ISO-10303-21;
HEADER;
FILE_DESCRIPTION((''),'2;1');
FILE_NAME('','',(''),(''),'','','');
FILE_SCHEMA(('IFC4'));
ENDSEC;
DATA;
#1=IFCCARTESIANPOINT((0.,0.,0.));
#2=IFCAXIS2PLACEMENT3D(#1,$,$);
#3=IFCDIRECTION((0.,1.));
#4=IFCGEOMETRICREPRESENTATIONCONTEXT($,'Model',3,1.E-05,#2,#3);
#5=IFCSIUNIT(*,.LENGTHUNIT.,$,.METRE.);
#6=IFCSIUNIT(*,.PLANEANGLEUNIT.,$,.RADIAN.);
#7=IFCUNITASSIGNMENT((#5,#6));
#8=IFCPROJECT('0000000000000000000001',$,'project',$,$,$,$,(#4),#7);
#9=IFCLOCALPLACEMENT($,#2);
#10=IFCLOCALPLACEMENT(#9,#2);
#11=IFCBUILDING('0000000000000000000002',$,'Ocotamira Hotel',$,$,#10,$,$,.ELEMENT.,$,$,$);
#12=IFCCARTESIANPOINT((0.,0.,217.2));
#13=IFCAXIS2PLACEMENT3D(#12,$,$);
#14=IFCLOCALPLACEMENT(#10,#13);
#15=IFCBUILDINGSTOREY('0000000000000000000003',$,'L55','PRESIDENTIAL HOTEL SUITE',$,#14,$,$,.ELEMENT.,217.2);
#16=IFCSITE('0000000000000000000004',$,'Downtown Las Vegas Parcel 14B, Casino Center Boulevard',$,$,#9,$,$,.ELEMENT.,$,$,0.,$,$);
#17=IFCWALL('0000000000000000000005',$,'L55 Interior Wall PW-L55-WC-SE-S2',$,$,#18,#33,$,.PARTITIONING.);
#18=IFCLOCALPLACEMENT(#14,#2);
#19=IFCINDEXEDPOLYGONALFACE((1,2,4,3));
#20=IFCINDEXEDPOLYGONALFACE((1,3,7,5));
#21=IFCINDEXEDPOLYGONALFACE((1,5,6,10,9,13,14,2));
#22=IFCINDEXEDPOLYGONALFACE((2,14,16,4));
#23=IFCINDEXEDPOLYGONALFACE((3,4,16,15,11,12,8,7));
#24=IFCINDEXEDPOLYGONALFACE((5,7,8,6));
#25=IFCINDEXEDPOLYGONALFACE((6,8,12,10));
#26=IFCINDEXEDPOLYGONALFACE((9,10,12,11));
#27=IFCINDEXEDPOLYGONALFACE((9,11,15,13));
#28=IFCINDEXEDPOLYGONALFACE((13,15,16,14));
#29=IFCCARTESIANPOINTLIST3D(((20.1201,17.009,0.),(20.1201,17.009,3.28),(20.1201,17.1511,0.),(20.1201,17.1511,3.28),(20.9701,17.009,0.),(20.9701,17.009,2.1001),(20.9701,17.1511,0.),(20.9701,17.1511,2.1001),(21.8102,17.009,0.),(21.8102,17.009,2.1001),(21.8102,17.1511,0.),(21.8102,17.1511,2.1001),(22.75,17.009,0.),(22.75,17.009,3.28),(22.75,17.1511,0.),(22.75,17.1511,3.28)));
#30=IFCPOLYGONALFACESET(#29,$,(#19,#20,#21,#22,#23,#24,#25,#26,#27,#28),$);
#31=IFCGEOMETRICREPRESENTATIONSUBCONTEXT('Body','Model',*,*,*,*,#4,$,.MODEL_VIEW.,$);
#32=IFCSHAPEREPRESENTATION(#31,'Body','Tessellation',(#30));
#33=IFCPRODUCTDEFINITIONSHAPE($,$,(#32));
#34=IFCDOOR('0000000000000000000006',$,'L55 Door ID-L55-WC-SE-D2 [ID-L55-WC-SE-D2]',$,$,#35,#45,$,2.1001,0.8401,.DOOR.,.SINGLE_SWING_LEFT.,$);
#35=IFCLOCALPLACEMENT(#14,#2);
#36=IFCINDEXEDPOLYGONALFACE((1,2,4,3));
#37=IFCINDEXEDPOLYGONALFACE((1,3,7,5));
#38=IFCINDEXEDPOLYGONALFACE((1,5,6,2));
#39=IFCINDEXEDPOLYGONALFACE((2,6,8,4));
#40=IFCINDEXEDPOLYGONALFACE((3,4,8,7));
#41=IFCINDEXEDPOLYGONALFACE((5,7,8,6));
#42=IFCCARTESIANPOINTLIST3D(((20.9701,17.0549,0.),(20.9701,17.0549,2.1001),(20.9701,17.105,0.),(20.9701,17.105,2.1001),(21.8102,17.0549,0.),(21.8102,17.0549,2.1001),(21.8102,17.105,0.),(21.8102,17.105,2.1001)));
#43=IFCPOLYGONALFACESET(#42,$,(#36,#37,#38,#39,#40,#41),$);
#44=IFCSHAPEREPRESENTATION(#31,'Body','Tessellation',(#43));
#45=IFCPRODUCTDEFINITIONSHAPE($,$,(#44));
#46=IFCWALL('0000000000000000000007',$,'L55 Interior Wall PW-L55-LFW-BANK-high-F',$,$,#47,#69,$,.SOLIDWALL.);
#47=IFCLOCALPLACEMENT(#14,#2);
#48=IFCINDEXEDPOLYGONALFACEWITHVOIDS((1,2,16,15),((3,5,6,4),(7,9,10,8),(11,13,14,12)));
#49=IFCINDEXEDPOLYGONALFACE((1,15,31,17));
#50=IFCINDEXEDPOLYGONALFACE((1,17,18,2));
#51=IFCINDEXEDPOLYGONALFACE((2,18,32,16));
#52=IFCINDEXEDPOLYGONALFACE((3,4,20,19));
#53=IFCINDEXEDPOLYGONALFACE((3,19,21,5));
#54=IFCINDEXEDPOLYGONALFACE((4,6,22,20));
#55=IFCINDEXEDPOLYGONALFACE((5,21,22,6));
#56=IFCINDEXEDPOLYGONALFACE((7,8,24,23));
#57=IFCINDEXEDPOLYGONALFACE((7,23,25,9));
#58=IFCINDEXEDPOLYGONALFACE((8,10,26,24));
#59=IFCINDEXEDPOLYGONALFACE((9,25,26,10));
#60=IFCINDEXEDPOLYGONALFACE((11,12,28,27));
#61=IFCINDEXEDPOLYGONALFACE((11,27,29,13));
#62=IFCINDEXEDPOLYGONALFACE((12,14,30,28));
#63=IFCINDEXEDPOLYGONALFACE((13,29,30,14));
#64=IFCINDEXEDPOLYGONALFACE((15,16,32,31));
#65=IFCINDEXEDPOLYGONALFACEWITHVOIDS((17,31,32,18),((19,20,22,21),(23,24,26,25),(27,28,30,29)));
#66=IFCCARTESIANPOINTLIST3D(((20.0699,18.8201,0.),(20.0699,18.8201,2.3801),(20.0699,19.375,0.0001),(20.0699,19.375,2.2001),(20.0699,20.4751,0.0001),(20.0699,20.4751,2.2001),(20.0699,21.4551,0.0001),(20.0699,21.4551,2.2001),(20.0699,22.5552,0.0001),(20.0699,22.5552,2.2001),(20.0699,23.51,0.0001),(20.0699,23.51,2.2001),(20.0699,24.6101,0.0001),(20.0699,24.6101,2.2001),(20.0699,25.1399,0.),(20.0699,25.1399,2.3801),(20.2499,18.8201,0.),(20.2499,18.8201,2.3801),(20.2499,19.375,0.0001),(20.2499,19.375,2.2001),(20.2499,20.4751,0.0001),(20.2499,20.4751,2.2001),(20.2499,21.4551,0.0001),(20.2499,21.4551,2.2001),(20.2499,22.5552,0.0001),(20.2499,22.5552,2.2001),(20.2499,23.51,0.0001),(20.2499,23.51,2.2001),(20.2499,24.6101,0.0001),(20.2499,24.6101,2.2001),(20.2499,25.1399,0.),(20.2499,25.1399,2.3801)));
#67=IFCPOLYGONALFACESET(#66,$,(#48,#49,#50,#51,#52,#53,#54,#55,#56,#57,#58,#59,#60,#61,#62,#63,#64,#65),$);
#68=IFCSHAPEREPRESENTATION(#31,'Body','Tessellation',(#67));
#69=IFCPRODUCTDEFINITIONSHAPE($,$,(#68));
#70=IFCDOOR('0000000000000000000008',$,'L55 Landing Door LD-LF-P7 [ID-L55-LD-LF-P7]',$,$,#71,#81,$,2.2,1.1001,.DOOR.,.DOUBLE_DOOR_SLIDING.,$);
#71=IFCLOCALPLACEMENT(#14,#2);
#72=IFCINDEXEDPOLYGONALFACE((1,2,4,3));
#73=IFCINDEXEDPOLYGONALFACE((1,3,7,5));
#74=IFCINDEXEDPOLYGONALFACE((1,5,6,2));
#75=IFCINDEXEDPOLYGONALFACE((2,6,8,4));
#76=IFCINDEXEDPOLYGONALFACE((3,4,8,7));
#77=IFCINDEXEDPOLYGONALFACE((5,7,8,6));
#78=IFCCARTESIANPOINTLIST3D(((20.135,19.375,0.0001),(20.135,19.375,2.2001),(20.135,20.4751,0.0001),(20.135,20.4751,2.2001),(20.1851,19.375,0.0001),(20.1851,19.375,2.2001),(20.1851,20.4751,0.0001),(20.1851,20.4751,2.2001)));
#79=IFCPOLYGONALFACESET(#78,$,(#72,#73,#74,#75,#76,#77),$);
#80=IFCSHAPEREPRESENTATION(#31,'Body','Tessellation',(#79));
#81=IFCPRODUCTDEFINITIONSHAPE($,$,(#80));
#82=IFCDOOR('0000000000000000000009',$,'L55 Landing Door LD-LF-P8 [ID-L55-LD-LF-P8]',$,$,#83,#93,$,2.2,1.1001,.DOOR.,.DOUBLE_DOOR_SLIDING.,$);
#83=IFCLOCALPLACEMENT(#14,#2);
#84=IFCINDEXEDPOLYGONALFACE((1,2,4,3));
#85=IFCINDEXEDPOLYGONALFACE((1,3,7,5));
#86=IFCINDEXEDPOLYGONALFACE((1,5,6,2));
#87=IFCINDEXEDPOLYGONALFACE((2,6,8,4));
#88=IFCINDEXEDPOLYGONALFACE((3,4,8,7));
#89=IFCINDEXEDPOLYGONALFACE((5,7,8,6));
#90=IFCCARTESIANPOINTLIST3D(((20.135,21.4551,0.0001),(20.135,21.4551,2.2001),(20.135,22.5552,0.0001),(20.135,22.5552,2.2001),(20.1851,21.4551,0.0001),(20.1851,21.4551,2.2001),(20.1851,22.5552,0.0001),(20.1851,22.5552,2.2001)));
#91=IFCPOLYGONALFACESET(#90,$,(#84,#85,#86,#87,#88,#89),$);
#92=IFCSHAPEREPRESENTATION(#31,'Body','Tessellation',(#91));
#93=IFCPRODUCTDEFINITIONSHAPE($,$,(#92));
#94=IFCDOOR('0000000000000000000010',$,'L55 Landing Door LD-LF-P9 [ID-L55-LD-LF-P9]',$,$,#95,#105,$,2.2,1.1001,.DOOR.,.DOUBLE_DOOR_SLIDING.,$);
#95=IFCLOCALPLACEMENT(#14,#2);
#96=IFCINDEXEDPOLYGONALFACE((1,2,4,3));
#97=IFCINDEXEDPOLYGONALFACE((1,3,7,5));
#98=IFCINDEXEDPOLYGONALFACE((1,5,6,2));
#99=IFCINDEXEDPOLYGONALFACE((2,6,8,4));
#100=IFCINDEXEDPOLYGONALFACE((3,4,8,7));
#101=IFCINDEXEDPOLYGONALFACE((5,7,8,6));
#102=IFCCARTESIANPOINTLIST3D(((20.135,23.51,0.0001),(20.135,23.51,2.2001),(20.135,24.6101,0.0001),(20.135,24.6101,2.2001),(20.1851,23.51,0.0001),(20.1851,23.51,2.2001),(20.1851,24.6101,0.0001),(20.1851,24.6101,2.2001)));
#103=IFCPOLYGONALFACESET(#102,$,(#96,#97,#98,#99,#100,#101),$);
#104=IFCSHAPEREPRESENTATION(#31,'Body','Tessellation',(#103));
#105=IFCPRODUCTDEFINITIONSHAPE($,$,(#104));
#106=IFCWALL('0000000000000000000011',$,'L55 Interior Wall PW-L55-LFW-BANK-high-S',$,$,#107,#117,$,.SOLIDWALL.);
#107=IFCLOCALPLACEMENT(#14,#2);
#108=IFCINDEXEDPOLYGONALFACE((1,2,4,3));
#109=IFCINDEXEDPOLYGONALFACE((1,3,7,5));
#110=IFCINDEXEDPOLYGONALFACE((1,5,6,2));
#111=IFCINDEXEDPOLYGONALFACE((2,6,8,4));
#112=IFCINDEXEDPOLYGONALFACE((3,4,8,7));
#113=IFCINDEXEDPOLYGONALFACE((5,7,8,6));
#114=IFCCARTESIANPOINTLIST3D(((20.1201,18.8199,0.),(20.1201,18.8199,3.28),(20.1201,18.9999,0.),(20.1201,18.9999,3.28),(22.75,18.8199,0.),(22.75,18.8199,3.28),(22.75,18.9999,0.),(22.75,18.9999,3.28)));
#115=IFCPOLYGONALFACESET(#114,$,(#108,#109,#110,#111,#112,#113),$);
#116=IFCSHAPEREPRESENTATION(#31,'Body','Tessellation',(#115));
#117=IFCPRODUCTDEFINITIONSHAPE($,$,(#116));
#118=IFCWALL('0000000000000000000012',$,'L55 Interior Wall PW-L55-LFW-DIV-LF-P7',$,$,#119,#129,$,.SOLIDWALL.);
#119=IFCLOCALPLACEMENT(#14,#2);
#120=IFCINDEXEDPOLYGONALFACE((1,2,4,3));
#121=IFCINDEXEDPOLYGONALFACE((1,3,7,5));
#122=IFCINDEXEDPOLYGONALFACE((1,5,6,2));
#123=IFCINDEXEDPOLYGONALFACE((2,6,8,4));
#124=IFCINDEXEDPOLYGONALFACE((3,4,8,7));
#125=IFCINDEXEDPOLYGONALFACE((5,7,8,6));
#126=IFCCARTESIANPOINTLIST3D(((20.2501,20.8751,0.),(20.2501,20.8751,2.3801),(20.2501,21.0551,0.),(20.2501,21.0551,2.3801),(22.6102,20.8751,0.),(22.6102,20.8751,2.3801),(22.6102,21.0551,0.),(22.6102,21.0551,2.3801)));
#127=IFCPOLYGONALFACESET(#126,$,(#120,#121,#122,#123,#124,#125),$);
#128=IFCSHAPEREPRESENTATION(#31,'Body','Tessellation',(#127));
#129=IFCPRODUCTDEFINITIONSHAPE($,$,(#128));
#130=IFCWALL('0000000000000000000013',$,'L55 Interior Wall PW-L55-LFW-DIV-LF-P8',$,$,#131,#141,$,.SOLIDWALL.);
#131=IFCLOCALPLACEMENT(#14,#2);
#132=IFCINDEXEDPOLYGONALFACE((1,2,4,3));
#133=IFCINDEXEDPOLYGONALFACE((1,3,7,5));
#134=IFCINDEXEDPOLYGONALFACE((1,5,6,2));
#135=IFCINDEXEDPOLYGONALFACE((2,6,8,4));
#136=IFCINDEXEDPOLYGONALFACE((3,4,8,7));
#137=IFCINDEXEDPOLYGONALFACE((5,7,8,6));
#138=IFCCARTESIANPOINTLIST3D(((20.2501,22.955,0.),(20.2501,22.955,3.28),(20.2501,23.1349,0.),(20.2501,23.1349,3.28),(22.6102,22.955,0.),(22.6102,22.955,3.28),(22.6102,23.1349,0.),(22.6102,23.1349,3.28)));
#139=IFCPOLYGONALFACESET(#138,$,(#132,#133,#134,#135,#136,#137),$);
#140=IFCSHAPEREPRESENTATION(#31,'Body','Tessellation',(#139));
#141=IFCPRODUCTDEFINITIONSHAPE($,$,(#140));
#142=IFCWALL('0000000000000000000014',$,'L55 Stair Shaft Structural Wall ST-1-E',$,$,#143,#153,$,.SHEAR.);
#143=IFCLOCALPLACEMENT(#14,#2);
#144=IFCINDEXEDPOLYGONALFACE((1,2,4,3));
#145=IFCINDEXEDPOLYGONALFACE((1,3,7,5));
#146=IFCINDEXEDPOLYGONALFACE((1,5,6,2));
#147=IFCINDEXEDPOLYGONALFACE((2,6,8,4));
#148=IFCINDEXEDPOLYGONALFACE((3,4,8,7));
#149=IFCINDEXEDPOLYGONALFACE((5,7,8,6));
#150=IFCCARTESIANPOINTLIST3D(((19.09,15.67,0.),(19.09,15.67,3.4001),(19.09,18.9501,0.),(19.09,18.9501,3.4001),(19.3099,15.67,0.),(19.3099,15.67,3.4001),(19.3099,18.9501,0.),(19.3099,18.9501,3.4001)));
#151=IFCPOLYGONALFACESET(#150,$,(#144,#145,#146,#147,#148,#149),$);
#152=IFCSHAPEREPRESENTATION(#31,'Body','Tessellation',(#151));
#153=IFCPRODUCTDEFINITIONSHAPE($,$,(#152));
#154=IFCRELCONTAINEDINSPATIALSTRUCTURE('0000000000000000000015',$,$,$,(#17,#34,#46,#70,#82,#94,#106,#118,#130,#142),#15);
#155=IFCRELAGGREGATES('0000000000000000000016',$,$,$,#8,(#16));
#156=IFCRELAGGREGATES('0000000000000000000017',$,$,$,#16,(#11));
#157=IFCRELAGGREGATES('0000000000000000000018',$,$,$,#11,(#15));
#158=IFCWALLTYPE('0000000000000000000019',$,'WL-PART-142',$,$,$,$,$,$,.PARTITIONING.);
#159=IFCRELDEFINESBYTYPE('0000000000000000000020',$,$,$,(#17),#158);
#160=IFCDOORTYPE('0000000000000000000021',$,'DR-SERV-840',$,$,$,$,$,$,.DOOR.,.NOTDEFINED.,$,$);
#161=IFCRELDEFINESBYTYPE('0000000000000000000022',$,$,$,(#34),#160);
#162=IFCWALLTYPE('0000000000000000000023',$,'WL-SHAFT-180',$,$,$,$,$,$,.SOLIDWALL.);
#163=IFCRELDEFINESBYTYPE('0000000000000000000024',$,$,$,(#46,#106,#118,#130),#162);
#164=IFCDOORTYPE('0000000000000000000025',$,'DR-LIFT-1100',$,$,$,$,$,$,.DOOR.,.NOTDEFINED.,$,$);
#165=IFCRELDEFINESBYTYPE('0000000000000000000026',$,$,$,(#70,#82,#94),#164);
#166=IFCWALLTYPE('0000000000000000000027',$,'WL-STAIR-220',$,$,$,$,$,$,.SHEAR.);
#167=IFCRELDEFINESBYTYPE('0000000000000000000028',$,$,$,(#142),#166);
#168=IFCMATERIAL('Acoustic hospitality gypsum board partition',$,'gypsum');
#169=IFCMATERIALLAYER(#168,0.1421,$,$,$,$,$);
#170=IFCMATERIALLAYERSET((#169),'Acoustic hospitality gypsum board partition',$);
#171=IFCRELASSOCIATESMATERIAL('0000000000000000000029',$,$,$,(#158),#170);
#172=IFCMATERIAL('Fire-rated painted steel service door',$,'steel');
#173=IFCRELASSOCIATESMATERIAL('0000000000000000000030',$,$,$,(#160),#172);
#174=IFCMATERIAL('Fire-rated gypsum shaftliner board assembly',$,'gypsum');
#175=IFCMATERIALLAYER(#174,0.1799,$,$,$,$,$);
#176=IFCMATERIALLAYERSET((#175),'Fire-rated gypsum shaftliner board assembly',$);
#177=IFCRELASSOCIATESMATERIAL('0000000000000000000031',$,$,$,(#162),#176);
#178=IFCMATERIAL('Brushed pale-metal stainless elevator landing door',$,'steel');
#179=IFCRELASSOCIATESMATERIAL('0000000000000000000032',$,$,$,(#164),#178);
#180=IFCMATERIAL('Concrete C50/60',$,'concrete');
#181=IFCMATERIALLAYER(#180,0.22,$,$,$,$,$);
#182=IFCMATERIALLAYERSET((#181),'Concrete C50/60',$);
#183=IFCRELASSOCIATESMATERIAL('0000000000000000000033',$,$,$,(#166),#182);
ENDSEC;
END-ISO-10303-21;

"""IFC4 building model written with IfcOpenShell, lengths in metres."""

from ifc_helpers import new_model, si_unit, direction, frame, frame_2d, origin, place, context, subcontext, project, spatial, rectangle, extrude, source, transform, mapped, material, layer, layer_set, type_object, element, fill, save


model = new_model("IFC4")

# Units and contexts
model_context = context("Model", 3, precision=1e-05, world=origin(), true_north=direction((0.0, 1.0)))
body_context = subcontext(model_context, "Body", "Model", "MODEL_VIEW")
ifc_project = project(units=[si_unit("LENGTHUNIT", "METRE"), si_unit("PLANEANGLEUNIT", "RADIAN")], contexts=[model_context])

# Site, building, storey
site_placement = place(None, origin())
site = spatial("IfcSite", under=ifc_project, at=site_placement, Name="Downtown Las Vegas Parcel 14B, Casino Center Boulevard", CompositionType="ELEMENT", RefElevation=0.0)
building_placement = place(site_placement, origin())
building = spatial("IfcBuilding", under=site, at=building_placement, Name="Ocotamira Hotel", CompositionType="ELEMENT")
storey_placement = place(building_placement, frame((0.0, 0.0, 217.2)))
storey = spatial("IfcBuildingStorey", under=building, at=storey_placement, Name="L55", Description="PRESIDENTIAL HOTEL SUITE", CompositionType="ELEMENT", Elevation=217.2)

# Shared definitions
ifc_material_1 = material(Name="Concrete C50/60", Category="concrete")
ifc_material_2 = material(Name="Acoustic hospitality gypsum board partition", Category="gypsum")
ifc_layer_1 = layer(ifc_material_2, 0.1421)
ifc_layer_set_1 = layer_set([ifc_layer_1], Name="Acoustic hospitality gypsum board partition")
wall_type_1 = type_object("IfcWallType", Name="WL-PART-142", PredefinedType="PARTITIONING", material=ifc_layer_set_1)

# Wall, opening, door
wall_1_placement = place(storey_placement, frame((20.1201, 17.0801, 0.0), z_axis=(0.0, 0.0, 1.0), x_axis=(1.0, 0.0, 0.0)))
wall_1 = element("IfcWall", 1, at=wall_1_placement, inside=storey, type_object=wall_type_1, Name="L55 Interior Wall PW-L55-WC-SE-S2", PredefinedType="PARTITIONING", context=body_context, shape_type="SweptSolid", body=[
    extrude(rectangle(XDim=2.6299, YDim=0.1421, at=frame_2d((1.3149, 0.0))), origin(), (0.0, 0.0, 1.0), 3.28),
])
opening_1_placement = place(wall_1_placement, frame((0.8501, 0.0, 0.0)))
opening_1 = element("IfcOpeningElement", 2, at=opening_1_placement, cuts=wall_1, PredefinedType="OPENING", context=body_context, shape_type="SweptSolid", body=[
    extrude(rectangle(XDim=0.8401, YDim=2.1001, at=frame_2d((0.4199, 1.05))), frame((0.0, 0.0811, 0.0), z_axis=(0.0, -1.0, 0.0), x_axis=(1.0, 0.0, 0.0)), (0.0, 0.0, 1.0), 0.1621),
])
ifc_material_3 = material(Name="Fire-rated painted steel service door", Category="steel")
door_type_1 = type_object("IfcDoorType", Name="DR-SERV-840", OperationType="NOTDEFINED", PredefinedType="DOOR", material=ifc_material_3)
shared_shape_1 = source(origin(), body_context, "Body", "SweptSolid", [
    extrude(rectangle(XDim=0.8401, YDim=2.1001, at=frame_2d((0.4199, 1.05))), frame((0.0, 0.0249, 0.0), z_axis=(0.0, -1.0, 0.0), x_axis=(1.0, 0.0, 0.0)), (0.0, 0.0, 1.0), 0.05),
])
door_1_placement = place(opening_1_placement, origin())
door_1 = element("IfcDoor", 3, at=door_1_placement, inside=storey, type_object=door_type_1, Name="L55 Door ID-L55-WC-SE-D2 [ID-L55-WC-SE-D2]", OperationType="SINGLE_SWING_LEFT", OverallHeight=2.1001, OverallWidth=0.8401, PredefinedType="DOOR", context=body_context, shape_type="MappedRepresentation", body=[
    mapped(shared_shape_1, transform((0.0, 0.0, 0.0), scale=1.0)),
])
fill(opening_1, door_1)

# Wall, openings, doors
ifc_material_4 = material(Name="Fire-rated gypsum shaftliner board assembly", Category="gypsum")
ifc_layer_2 = layer(ifc_material_4, 0.1799)
ifc_layer_set_2 = layer_set([ifc_layer_2], Name="Fire-rated gypsum shaftliner board assembly")
wall_type_2 = type_object("IfcWallType", Name="WL-SHAFT-180", PredefinedType="SOLIDWALL", material=ifc_layer_set_2)
wall_2_placement = place(storey_placement, frame((20.1599, 18.8201, 0.0), z_axis=(0.0, 0.0, 1.0), x_axis=(0.0, 1.0, 0.0)))
wall_2 = element("IfcWall", 4, at=wall_2_placement, inside=storey, type_object=wall_type_2, Name="L55 Interior Wall PW-L55-LFW-BANK-high-F", PredefinedType="SOLIDWALL", context=body_context, shape_type="SweptSolid", body=[
    extrude(rectangle(XDim=6.3198, YDim=0.1799, at=frame_2d((3.1599, 0.0))), origin(), (0.0, 0.0, 1.0), 2.3801),
])
opening_2_placement = place(wall_2_placement, frame((0.5549, 0.0, 0.0)))
opening_2 = element("IfcOpeningElement", 5, at=opening_2_placement, cuts=wall_2, PredefinedType="OPENING", context=body_context, shape_type="SweptSolid", body=[
    extrude(rectangle(XDim=1.1001, YDim=2.2, at=frame_2d((0.55, 1.1001))), frame((0.0, 0.1001, 0.0), z_axis=(0.0, -1.0, 0.0), x_axis=(1.0, 0.0, 0.0)), (0.0, 0.0, 1.0), 0.2),
])
opening_3_placement = place(wall_2_placement, frame((2.635, 0.0, 0.0)))
opening_3 = element("IfcOpeningElement", 6, at=opening_3_placement, cuts=wall_2, PredefinedType="OPENING", context=body_context, shape_type="SweptSolid", body=[
    extrude(rectangle(XDim=1.1001, YDim=2.2, at=frame_2d((0.55, 1.1001))), frame((0.0, 0.1001, 0.0), z_axis=(0.0, -1.0, 0.0), x_axis=(1.0, 0.0, 0.0)), (0.0, 0.0, 1.0), 0.2),
])
opening_4_placement = place(wall_2_placement, frame((4.6899, 0.0, 0.0)))
opening_4 = element("IfcOpeningElement", 7, at=opening_4_placement, cuts=wall_2, PredefinedType="OPENING", context=body_context, shape_type="SweptSolid", body=[
    extrude(rectangle(XDim=1.1001, YDim=2.2, at=frame_2d((0.55, 1.1001))), frame((0.0, 0.1001, 0.0), z_axis=(0.0, -1.0, 0.0), x_axis=(1.0, 0.0, 0.0)), (0.0, 0.0, 1.0), 0.2),
])
ifc_material_5 = material(Name="Brushed pale-metal stainless elevator landing door", Category="steel")
door_type_2 = type_object("IfcDoorType", Name="DR-LIFT-1100", OperationType="NOTDEFINED", PredefinedType="DOOR", material=ifc_material_5)
shared_shape_2 = source(origin(), body_context, "Body", "SweptSolid", [
    extrude(rectangle(XDim=1.1001, YDim=2.2, at=frame_2d((0.55, 1.1001))), frame((0.0, 0.0249, 0.0), z_axis=(0.0, -1.0, 0.0), x_axis=(1.0, 0.0, 0.0)), (0.0, 0.0, 1.0), 0.05),
])
door_2_placement = place(opening_2_placement, origin())
door_2 = element("IfcDoor", 8, at=door_2_placement, inside=storey, type_object=door_type_2, Name="L55 Landing Door LD-LF-P7 [ID-L55-LD-LF-P7]", OperationType="DOUBLE_DOOR_SLIDING", OverallHeight=2.2, OverallWidth=1.1001, PredefinedType="DOOR", context=body_context, shape_type="MappedRepresentation", body=[
    mapped(shared_shape_2, transform((0.0, 0.0, 0.0), scale=1.0)),
])
fill(opening_2, door_2)
door_3_placement = place(opening_3_placement, origin())
door_3 = element("IfcDoor", 9, at=door_3_placement, inside=storey, type_object=door_type_2, Name="L55 Landing Door LD-LF-P8 [ID-L55-LD-LF-P8]", OperationType="DOUBLE_DOOR_SLIDING", OverallHeight=2.2, OverallWidth=1.1001, PredefinedType="DOOR", context=body_context, shape_type="MappedRepresentation", body=[
    mapped(shared_shape_2, transform((0.0, 0.0, 0.0), scale=1.0)),
])
fill(opening_3, door_3)
door_4_placement = place(opening_4_placement, origin())
door_4 = element("IfcDoor", 10, at=door_4_placement, inside=storey, type_object=door_type_2, Name="L55 Landing Door LD-LF-P9 [ID-L55-LD-LF-P9]", OperationType="DOUBLE_DOOR_SLIDING", OverallHeight=2.2, OverallWidth=1.1001, PredefinedType="DOOR", context=body_context, shape_type="MappedRepresentation", body=[
    mapped(shared_shape_2, transform((0.0, 0.0, 0.0), scale=1.0)),
])
fill(opening_4, door_4)

# Walls
wall_3_placement = place(storey_placement, frame((20.1201, 18.9099, 0.0), z_axis=(0.0, 0.0, 1.0), x_axis=(1.0, 0.0, 0.0)))
element("IfcWall", 11, at=wall_3_placement, inside=storey, type_object=wall_type_2, Name="L55 Interior Wall PW-L55-LFW-BANK-high-S", PredefinedType="SOLIDWALL", context=body_context, shape_type="SweptSolid", body=[
    extrude(rectangle(XDim=2.6299, YDim=0.1799, at=frame_2d((1.3149, 0.0))), origin(), (0.0, 0.0, 1.0), 3.28),
])
wall_4_placement = place(storey_placement, frame((20.25, 20.9651, 0.0), z_axis=(0.0, 0.0, 1.0), x_axis=(1.0, 0.0, 0.0)))
element("IfcWall", 12, at=wall_4_placement, inside=storey, type_object=wall_type_2, Name="L55 Interior Wall PW-L55-LFW-DIV-LF-P7", PredefinedType="SOLIDWALL", context=body_context, shape_type="SweptSolid", body=[
    extrude(rectangle(XDim=2.3601, YDim=0.1799, at=frame_2d((1.1802, 0.0))), origin(), (0.0, 0.0, 1.0), 2.3801),
])
wall_5_placement = place(storey_placement, frame((20.25, 23.0449, 0.0), z_axis=(0.0, 0.0, 1.0), x_axis=(1.0, 0.0, 0.0)))
element("IfcWall", 13, at=wall_5_placement, inside=storey, type_object=wall_type_2, Name="L55 Interior Wall PW-L55-LFW-DIV-LF-P8", PredefinedType="SOLIDWALL", context=body_context, shape_type="SweptSolid", body=[
    extrude(rectangle(XDim=2.3601, YDim=0.1799, at=frame_2d((1.1802, 0.0))), origin(), (0.0, 0.0, 1.0), 3.28),
])
ifc_layer_3 = layer(ifc_material_1, 0.22)
ifc_layer_set_3 = layer_set([ifc_layer_3], Name="Concrete C50/60")
wall_type_3 = type_object("IfcWallType", Name="WL-STAIR-220", PredefinedType="SHEAR", material=ifc_layer_set_3)
wall_6_placement = place(storey_placement, frame((19.2, 15.6699, 0.0), z_axis=(0.0, 0.0, 1.0), x_axis=(0.0, 1.0, 0.0)))
element("IfcWall", 14, at=wall_6_placement, inside=storey, type_object=wall_type_3, Name="L55 Stair Shaft Structural Wall ST-1-E", PredefinedType="SHEAR", context=body_context, shape_type="SweptSolid", body=[
    extrude(rectangle(XDim=3.28, YDim=0.22, at=frame_2d((1.6401, 0.0))), origin(), (0.0, 0.0, 1.0), 3.4001),
])

save(model, "model.ifc")
